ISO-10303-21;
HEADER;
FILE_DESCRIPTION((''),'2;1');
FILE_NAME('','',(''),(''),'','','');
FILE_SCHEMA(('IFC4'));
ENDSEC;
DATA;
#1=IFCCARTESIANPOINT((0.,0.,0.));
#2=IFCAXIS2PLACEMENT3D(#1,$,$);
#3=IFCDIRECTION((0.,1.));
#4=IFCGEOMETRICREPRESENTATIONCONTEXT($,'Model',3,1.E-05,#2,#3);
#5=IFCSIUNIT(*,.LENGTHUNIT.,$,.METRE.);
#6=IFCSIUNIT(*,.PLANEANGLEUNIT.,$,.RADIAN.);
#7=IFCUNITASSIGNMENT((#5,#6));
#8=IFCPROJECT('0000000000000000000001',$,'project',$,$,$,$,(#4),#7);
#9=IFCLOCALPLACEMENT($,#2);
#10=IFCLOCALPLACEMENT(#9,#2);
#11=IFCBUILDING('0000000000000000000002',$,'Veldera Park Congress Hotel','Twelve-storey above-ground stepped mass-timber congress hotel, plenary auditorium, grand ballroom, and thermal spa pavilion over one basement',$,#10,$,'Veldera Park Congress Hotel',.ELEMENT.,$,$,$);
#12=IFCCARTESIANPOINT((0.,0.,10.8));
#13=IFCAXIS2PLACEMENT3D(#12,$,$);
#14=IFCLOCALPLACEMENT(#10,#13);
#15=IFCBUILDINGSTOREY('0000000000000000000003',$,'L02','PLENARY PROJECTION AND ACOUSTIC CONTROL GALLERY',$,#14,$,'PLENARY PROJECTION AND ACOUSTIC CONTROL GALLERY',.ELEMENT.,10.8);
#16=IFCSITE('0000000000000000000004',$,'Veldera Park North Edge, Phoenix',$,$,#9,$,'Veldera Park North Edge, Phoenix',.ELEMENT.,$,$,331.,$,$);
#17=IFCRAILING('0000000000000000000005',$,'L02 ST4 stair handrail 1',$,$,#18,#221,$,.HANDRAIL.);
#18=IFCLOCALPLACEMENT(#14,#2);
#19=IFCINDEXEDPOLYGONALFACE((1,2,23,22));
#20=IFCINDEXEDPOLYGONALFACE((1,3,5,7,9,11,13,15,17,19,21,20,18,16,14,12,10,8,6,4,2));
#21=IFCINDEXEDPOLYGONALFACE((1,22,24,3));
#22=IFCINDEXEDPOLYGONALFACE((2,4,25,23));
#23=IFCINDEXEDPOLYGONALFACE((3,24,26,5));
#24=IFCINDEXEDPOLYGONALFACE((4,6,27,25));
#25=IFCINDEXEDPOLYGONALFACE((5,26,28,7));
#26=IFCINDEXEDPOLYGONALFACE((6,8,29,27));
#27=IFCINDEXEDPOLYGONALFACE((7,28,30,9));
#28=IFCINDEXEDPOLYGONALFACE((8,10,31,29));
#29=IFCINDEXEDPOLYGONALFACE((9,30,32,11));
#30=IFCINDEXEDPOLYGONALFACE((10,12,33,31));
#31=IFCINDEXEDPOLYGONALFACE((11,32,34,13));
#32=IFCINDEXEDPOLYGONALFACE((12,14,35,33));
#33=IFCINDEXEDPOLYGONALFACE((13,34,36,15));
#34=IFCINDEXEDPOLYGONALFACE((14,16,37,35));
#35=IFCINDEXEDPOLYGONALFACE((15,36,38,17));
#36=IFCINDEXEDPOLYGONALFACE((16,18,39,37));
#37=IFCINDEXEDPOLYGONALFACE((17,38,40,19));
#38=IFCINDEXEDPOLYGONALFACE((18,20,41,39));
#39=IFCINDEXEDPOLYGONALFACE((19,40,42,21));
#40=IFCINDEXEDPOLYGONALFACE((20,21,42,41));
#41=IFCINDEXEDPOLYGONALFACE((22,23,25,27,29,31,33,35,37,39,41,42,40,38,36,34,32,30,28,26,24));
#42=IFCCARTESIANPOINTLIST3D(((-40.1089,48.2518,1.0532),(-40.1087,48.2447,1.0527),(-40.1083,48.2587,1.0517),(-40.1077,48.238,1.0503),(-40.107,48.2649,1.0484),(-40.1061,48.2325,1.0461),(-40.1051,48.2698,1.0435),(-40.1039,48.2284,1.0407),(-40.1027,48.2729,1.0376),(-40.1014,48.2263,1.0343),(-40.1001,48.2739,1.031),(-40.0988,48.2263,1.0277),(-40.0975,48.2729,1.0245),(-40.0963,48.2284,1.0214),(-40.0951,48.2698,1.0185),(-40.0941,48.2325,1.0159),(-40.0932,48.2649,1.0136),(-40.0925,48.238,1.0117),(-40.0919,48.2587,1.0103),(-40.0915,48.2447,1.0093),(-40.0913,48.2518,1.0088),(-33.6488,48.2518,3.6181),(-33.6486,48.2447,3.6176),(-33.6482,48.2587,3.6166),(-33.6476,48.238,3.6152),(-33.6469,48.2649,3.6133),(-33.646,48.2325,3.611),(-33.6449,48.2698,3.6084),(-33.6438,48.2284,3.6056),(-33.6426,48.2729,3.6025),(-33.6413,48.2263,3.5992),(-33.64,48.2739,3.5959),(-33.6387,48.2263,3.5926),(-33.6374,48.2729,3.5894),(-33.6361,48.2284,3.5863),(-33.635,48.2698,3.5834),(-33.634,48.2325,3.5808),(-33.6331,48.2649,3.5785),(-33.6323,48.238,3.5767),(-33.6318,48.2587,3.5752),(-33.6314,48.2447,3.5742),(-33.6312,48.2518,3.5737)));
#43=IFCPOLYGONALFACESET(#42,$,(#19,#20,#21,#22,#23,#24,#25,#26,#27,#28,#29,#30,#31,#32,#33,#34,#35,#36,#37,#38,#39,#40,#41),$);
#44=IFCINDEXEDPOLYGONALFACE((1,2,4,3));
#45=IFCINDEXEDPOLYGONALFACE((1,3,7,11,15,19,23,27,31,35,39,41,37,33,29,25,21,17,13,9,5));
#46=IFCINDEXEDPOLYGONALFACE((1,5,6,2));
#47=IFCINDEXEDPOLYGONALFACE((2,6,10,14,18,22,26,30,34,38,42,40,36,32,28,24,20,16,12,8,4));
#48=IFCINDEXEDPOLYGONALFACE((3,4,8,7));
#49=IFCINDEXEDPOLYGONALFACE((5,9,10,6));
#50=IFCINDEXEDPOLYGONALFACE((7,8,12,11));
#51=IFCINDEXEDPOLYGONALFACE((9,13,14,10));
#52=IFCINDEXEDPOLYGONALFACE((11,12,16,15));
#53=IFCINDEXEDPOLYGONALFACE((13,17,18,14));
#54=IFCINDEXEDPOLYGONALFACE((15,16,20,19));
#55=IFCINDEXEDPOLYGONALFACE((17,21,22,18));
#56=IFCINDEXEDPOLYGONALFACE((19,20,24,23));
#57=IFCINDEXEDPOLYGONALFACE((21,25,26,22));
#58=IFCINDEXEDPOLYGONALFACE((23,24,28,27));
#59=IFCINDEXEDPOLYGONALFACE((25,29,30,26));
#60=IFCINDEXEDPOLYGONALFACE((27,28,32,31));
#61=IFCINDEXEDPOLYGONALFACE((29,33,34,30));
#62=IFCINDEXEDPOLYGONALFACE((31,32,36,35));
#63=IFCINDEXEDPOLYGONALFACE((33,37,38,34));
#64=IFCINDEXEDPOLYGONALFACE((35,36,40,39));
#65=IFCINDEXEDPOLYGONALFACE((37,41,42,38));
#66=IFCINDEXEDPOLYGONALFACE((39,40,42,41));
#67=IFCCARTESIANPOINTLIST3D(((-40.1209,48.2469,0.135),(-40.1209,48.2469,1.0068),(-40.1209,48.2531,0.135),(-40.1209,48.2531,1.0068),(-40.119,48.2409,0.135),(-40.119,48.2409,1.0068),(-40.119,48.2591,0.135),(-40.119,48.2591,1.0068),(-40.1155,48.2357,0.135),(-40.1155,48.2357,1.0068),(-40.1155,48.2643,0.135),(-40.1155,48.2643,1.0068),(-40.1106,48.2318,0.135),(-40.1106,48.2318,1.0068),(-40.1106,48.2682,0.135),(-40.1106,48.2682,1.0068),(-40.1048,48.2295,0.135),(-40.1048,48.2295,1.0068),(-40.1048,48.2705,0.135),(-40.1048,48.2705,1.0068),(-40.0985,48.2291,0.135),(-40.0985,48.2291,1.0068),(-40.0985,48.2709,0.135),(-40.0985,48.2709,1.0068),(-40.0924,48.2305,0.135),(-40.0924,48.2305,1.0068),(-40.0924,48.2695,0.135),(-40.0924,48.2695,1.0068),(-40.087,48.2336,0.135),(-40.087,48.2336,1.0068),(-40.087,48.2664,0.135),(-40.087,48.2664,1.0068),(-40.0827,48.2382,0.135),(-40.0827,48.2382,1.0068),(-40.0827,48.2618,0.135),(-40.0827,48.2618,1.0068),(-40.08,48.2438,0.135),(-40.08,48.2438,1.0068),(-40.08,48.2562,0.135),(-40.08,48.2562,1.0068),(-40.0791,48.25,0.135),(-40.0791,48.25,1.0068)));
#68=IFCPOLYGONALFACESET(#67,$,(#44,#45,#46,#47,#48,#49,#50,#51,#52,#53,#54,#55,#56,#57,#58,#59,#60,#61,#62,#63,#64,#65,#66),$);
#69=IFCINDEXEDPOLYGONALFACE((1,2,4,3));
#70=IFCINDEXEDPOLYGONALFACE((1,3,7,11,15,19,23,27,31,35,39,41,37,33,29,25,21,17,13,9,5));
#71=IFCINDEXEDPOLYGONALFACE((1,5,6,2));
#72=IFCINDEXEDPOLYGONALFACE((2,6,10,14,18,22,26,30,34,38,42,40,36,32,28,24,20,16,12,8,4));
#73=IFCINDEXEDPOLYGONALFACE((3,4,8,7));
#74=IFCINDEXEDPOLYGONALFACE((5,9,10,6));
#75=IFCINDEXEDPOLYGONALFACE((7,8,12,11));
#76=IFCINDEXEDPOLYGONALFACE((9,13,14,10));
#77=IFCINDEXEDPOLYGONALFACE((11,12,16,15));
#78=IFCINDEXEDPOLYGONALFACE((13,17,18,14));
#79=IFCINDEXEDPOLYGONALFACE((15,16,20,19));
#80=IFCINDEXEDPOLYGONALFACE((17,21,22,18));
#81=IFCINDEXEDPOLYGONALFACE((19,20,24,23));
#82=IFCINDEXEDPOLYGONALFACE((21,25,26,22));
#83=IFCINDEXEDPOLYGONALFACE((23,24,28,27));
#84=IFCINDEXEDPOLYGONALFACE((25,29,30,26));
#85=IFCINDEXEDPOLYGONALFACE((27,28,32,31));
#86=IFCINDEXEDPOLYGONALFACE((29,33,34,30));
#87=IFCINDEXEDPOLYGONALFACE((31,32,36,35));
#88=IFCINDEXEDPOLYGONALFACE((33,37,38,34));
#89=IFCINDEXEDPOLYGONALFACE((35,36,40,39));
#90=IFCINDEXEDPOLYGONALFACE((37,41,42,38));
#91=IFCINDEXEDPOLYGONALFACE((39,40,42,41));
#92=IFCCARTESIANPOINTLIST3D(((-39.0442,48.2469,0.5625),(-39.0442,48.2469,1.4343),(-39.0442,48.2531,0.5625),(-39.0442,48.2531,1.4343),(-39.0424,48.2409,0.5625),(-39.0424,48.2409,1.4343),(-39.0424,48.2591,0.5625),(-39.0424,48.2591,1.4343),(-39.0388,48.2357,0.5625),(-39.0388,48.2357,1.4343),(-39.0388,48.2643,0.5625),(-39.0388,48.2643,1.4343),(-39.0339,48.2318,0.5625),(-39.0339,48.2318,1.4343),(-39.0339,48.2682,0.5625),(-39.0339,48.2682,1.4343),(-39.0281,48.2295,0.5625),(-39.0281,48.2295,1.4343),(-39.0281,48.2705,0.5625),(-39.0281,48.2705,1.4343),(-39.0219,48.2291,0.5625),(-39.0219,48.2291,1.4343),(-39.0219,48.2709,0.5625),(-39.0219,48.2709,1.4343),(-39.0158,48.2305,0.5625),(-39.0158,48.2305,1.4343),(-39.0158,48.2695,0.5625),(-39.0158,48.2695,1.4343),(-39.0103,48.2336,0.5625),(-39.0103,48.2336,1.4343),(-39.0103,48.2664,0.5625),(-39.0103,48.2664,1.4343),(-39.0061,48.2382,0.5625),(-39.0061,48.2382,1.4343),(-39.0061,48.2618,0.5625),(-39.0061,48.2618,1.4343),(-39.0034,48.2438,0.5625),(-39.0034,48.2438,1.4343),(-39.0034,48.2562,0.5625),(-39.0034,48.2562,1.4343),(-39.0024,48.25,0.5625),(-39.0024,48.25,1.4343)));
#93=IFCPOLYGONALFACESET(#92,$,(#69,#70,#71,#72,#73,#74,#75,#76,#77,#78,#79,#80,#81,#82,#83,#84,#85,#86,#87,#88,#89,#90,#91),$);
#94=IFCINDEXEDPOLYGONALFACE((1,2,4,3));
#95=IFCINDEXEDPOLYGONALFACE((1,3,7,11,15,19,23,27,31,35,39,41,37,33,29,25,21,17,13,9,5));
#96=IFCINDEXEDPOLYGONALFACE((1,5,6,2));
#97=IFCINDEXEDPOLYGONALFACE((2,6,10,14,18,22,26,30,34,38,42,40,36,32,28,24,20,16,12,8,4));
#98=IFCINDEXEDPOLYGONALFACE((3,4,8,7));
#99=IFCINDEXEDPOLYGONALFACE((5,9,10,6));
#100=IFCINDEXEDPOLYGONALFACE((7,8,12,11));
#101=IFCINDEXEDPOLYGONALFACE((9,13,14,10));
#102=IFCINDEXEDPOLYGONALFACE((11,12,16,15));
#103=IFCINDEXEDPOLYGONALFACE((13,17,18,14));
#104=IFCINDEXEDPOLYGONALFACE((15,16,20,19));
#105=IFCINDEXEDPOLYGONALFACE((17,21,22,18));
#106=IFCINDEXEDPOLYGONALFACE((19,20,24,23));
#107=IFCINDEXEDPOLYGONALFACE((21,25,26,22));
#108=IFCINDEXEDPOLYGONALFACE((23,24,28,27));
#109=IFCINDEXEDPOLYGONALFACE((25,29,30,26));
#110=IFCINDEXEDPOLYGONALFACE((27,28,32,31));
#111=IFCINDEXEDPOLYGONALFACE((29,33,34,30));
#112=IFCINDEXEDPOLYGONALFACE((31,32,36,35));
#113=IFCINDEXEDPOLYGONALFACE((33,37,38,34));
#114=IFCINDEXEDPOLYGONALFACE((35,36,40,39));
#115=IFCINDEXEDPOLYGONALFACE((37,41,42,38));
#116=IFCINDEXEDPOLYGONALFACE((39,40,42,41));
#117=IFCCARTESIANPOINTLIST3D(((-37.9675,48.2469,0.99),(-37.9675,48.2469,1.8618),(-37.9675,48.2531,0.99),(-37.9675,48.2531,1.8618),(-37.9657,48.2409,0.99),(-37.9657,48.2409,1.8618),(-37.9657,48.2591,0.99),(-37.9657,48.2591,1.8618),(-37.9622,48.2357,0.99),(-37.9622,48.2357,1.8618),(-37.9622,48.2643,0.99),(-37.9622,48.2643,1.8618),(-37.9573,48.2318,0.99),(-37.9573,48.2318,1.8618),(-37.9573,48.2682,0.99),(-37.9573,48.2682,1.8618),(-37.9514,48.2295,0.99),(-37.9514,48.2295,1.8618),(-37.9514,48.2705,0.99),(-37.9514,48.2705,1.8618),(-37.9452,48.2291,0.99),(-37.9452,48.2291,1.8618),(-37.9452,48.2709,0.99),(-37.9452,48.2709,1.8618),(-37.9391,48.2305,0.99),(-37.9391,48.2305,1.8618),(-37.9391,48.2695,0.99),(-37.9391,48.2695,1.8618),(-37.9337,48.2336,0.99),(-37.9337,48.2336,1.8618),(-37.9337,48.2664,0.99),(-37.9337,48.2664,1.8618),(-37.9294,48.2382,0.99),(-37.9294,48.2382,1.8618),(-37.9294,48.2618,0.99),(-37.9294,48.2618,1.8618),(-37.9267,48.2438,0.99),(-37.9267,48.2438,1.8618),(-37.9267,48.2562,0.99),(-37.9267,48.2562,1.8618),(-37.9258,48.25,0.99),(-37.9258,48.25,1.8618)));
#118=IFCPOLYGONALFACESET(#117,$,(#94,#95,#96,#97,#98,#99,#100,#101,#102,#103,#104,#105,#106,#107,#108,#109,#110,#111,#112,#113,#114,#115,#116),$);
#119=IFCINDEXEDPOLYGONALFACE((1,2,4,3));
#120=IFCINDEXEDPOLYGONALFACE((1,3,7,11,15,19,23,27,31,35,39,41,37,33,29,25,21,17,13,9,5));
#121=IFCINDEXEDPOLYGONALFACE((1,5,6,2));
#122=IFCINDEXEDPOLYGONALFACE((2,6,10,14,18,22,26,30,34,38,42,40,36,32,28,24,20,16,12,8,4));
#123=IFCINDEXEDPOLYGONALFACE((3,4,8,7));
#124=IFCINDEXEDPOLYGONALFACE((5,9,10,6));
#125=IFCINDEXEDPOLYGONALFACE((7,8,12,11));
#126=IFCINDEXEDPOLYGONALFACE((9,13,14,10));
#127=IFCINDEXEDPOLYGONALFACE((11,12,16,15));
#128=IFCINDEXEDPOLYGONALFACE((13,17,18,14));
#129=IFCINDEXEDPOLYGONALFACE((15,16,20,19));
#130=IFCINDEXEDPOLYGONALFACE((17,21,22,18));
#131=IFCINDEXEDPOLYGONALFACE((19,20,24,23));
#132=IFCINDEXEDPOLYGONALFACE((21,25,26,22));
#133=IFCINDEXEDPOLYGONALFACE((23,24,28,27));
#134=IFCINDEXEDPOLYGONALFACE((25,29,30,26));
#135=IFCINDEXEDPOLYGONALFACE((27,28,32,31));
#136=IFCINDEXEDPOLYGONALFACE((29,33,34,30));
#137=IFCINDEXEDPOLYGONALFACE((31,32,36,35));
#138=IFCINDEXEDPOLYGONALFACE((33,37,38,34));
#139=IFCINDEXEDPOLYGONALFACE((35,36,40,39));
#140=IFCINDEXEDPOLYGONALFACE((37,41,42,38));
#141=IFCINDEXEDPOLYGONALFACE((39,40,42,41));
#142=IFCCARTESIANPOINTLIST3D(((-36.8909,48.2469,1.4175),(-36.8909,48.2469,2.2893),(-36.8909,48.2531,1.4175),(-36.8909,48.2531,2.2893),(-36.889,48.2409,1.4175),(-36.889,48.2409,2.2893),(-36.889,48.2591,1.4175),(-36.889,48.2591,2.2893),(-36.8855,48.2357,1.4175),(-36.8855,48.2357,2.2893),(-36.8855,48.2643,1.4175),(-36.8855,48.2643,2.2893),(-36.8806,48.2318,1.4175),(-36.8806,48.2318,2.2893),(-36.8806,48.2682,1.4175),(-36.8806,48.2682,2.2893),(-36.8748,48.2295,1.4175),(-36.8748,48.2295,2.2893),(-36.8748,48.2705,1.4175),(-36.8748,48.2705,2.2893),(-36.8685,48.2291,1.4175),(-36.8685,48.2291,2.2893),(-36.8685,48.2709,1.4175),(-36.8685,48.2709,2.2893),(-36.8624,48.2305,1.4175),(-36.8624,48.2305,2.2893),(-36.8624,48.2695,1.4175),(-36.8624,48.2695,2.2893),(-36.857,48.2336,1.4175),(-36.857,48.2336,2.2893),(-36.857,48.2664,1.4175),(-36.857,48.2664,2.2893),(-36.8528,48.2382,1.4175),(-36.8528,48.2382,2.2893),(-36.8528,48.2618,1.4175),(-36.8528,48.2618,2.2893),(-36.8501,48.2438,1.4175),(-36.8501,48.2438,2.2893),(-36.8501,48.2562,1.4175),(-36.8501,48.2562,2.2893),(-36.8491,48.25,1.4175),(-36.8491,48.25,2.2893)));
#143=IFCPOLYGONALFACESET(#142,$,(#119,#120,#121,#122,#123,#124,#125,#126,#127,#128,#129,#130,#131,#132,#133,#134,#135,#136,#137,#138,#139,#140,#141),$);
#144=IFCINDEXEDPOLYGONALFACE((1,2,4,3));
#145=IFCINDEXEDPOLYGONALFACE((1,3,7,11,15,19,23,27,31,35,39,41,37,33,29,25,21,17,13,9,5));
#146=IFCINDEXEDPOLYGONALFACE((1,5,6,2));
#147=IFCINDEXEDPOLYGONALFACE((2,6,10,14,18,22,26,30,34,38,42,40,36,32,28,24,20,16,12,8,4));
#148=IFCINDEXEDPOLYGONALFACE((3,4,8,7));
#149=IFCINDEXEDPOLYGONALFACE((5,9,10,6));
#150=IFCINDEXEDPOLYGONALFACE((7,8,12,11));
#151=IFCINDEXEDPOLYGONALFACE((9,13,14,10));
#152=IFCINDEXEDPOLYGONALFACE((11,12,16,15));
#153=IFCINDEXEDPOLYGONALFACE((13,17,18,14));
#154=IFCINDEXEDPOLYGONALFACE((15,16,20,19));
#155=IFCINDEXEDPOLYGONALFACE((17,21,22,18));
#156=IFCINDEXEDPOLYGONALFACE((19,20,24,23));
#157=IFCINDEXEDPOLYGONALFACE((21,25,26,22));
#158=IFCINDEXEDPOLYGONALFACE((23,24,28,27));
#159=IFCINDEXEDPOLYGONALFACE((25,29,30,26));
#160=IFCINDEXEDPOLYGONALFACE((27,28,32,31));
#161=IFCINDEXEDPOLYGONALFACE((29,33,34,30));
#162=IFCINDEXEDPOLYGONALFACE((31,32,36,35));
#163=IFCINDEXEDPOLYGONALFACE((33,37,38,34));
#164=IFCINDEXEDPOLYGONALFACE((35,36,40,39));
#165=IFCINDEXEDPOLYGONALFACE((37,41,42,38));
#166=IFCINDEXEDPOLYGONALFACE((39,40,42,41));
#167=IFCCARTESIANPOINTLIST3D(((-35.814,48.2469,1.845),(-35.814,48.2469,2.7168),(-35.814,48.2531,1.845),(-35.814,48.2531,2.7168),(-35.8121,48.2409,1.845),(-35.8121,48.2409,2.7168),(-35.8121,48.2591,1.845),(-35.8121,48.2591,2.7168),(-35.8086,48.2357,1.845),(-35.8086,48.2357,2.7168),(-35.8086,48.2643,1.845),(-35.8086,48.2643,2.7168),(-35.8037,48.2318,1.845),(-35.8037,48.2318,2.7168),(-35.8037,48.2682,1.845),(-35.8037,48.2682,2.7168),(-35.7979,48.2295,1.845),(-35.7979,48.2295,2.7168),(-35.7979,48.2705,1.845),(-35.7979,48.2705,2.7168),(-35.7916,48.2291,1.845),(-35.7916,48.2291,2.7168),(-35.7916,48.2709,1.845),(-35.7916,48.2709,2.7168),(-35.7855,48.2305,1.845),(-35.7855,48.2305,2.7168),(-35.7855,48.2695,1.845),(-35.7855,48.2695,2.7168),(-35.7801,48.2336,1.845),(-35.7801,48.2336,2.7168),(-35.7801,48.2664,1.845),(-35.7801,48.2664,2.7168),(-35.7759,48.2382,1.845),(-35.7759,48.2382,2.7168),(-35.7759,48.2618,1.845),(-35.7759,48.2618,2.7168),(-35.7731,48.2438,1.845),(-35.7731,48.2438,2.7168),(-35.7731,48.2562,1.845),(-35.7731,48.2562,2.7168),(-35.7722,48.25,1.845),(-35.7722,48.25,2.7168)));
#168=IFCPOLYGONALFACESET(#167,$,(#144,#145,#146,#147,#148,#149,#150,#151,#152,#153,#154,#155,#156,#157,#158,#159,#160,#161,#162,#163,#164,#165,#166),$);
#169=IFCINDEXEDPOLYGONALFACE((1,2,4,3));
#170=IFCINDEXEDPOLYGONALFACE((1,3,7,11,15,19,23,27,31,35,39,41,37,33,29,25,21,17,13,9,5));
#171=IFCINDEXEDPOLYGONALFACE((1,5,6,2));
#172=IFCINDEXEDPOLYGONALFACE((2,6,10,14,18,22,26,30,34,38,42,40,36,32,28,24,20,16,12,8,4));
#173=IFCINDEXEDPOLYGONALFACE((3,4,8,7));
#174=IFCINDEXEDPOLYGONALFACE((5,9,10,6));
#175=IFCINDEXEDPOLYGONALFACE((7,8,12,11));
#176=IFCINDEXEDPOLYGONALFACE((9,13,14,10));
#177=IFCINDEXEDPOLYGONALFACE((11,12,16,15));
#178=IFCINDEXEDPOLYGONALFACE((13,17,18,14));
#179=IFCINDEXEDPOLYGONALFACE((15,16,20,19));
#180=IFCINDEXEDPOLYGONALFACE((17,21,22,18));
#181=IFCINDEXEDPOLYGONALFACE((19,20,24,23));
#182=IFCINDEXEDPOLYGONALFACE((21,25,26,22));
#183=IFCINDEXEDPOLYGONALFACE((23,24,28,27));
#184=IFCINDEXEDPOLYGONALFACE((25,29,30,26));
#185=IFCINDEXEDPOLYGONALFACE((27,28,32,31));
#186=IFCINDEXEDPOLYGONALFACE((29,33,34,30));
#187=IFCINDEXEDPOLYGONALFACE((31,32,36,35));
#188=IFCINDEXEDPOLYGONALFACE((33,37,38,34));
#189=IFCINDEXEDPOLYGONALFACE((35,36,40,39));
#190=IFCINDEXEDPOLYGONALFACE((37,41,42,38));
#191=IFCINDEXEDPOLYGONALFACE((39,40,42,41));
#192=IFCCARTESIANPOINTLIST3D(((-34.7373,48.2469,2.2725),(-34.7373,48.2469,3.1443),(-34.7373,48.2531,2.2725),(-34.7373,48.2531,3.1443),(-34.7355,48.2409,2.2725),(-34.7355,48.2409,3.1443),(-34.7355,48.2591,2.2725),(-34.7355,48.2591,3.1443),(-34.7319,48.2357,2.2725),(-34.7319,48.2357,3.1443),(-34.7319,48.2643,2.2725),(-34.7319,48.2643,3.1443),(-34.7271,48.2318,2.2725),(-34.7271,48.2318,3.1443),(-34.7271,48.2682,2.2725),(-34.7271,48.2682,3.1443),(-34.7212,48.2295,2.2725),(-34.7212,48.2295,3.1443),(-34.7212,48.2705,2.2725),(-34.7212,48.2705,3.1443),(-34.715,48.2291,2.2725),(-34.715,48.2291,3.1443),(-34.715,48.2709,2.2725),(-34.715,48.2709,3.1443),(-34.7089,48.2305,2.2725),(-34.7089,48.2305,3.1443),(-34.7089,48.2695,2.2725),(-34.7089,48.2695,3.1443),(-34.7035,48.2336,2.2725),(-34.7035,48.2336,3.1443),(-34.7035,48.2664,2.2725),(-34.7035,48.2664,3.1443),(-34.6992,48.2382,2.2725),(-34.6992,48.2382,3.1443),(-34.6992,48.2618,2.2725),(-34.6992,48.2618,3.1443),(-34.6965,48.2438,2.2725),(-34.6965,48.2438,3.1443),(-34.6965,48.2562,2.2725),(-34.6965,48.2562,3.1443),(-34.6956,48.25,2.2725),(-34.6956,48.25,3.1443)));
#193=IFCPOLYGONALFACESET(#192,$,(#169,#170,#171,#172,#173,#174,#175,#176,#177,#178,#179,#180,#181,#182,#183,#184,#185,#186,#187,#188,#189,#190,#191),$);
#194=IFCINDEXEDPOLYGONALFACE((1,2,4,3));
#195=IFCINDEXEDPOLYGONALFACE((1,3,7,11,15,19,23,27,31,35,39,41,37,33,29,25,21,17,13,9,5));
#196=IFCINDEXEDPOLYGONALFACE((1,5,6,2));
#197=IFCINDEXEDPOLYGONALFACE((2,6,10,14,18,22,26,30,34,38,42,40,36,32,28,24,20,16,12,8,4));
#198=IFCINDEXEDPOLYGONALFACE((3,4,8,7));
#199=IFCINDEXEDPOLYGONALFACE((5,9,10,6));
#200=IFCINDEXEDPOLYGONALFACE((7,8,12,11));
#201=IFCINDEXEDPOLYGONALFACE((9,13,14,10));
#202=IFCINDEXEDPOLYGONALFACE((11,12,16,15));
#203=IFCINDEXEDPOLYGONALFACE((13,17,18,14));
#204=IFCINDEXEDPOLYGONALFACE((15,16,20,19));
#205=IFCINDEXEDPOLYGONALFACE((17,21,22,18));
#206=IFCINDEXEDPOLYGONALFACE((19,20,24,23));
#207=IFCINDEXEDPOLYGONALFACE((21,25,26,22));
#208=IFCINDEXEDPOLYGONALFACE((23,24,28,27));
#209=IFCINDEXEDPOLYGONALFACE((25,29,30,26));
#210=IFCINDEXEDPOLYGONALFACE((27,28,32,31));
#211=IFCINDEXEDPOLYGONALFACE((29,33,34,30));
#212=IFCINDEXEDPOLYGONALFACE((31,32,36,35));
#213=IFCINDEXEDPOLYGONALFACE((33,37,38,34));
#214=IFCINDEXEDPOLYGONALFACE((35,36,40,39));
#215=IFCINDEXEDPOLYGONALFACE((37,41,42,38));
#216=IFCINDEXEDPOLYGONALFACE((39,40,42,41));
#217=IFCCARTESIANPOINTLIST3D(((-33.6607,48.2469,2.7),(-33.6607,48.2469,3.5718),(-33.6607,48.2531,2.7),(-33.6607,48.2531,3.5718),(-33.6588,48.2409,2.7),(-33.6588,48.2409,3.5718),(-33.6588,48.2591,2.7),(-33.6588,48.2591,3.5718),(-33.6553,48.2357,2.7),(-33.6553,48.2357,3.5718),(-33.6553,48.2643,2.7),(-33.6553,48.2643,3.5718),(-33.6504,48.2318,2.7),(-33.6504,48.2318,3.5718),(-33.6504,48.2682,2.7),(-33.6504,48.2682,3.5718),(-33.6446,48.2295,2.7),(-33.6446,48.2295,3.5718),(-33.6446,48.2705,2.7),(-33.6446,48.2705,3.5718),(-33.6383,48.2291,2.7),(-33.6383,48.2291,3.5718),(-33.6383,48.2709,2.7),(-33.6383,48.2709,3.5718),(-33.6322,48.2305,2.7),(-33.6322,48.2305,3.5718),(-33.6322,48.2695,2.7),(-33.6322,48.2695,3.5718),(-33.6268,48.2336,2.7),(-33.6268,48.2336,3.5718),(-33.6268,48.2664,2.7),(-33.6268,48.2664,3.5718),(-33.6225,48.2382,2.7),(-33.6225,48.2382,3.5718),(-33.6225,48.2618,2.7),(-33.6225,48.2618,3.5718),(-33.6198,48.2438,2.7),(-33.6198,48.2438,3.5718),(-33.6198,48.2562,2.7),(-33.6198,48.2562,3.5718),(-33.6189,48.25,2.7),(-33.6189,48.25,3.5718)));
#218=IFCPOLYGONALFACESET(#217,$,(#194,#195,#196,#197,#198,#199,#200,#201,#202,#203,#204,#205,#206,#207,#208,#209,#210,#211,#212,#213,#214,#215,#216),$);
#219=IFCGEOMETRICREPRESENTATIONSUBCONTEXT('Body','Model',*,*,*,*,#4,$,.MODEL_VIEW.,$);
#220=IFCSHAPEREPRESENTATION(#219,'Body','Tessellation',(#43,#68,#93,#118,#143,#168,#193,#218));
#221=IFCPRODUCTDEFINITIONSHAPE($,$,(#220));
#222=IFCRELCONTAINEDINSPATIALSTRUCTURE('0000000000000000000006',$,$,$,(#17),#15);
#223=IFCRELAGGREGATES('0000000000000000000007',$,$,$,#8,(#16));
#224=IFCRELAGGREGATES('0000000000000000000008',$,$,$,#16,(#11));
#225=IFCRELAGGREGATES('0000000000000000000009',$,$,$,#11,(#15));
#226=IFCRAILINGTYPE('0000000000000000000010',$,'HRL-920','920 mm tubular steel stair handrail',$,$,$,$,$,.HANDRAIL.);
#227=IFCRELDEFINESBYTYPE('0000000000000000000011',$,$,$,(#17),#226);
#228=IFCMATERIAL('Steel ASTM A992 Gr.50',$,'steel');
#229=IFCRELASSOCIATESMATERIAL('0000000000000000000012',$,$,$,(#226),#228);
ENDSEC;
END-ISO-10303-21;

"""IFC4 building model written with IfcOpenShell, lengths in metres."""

from ifc_helpers import new_model, si_unit, direction, frame, origin, origin_2d, place, context, subcontext, project, spatial, circle, extrude, material, type_object, element, save


model = new_model("IFC4")

# Units and contexts
model_context = context("Model", 3, precision=1e-05, world=origin(), true_north=direction((0.0, 1.0)))
body_context = subcontext(model_context, "Body", "Model", "MODEL_VIEW")
ifc_project = project(units=[si_unit("LENGTHUNIT", "METRE"), si_unit("PLANEANGLEUNIT", "RADIAN")], contexts=[model_context])

# Site, building, storey
site_placement = place(None, origin())
site = spatial("IfcSite", under=ifc_project, at=site_placement, Name="Veldera Park North Edge, Phoenix", LongName="Veldera Park North Edge, Phoenix", CompositionType="ELEMENT", RefElevation=331.0)
building_placement = place(site_placement, origin())
building = spatial("IfcBuilding", under=site, at=building_placement, Name="Veldera Park Congress Hotel", Description="Twelve-storey above-ground stepped mass-timber congress hotel, plenary auditorium, grand ballroom, and thermal spa pavilion over one basement", LongName="Veldera Park Congress Hotel", CompositionType="ELEMENT")
storey_placement = place(building_placement, frame((0.0, 0.0, 10.8)))
storey = spatial("IfcBuildingStorey", under=building, at=storey_placement, Name="L02", Description="PLENARY PROJECTION AND ACOUSTIC CONTROL GALLERY", LongName="PLENARY PROJECTION AND ACOUSTIC CONTROL GALLERY", CompositionType="ELEMENT", Elevation=10.8)

# Shared definitions
ifc_material_1 = material(Name="Steel ASTM A992 Gr.50", Category="steel")

# Railing
railing_type_1 = type_object("IfcRailingType", Name="HRL-920", Description="920 mm tubular steel stair handrail", PredefinedType="HANDRAIL", material=ifc_material_1)
railing_1_placement = place(storey_placement, frame((-40.1001, 48.25, 0.135)))
element("IfcRailing", 1, at=railing_1_placement, inside=storey, type_object=railing_type_1, Name="L02 ST4 stair handrail 1", PredefinedType="HANDRAIL", context=body_context, shape_type="SweptSolid", body=[
    extrude(circle(Radius=0.0239, at=origin_2d()), frame((0.0, 0.0, 0.896), z_axis=(0.929423, 0.0, 0.369016), x_axis=(0.0, 1.0, 0.0)), (0.0, 0.0, 1.0), 6.9507),
    extrude(circle(Radius=0.021, at=origin_2d()), origin(), (0.0, 0.0, 1.0), 0.8718),
    extrude(circle(Radius=0.021, at=origin_2d()), frame((1.0767, 0.0, 0.4275)), (0.0, 0.0, 1.0), 0.8718),
    extrude(circle(Radius=0.021, at=origin_2d()), frame((2.1533, 0.0, 0.855)), (0.0, 0.0, 1.0), 0.8718),
    extrude(circle(Radius=0.021, at=origin_2d()), frame((3.23, 0.0, 1.2825)), (0.0, 0.0, 1.0), 0.8718),
    extrude(circle(Radius=0.021, at=origin_2d()), frame((4.3069, 0.0, 1.71)), (0.0, 0.0, 1.0), 0.8718),
    extrude(circle(Radius=0.021, at=origin_2d()), frame((5.3835, 0.0, 2.1375)), (0.0, 0.0, 1.0), 0.8718),
    extrude(circle(Radius=0.021, at=origin_2d()), frame((6.4602, 0.0, 2.5649)), (0.0, 0.0, 1.0), 0.8718),
])

save(model, "model.ifc")
